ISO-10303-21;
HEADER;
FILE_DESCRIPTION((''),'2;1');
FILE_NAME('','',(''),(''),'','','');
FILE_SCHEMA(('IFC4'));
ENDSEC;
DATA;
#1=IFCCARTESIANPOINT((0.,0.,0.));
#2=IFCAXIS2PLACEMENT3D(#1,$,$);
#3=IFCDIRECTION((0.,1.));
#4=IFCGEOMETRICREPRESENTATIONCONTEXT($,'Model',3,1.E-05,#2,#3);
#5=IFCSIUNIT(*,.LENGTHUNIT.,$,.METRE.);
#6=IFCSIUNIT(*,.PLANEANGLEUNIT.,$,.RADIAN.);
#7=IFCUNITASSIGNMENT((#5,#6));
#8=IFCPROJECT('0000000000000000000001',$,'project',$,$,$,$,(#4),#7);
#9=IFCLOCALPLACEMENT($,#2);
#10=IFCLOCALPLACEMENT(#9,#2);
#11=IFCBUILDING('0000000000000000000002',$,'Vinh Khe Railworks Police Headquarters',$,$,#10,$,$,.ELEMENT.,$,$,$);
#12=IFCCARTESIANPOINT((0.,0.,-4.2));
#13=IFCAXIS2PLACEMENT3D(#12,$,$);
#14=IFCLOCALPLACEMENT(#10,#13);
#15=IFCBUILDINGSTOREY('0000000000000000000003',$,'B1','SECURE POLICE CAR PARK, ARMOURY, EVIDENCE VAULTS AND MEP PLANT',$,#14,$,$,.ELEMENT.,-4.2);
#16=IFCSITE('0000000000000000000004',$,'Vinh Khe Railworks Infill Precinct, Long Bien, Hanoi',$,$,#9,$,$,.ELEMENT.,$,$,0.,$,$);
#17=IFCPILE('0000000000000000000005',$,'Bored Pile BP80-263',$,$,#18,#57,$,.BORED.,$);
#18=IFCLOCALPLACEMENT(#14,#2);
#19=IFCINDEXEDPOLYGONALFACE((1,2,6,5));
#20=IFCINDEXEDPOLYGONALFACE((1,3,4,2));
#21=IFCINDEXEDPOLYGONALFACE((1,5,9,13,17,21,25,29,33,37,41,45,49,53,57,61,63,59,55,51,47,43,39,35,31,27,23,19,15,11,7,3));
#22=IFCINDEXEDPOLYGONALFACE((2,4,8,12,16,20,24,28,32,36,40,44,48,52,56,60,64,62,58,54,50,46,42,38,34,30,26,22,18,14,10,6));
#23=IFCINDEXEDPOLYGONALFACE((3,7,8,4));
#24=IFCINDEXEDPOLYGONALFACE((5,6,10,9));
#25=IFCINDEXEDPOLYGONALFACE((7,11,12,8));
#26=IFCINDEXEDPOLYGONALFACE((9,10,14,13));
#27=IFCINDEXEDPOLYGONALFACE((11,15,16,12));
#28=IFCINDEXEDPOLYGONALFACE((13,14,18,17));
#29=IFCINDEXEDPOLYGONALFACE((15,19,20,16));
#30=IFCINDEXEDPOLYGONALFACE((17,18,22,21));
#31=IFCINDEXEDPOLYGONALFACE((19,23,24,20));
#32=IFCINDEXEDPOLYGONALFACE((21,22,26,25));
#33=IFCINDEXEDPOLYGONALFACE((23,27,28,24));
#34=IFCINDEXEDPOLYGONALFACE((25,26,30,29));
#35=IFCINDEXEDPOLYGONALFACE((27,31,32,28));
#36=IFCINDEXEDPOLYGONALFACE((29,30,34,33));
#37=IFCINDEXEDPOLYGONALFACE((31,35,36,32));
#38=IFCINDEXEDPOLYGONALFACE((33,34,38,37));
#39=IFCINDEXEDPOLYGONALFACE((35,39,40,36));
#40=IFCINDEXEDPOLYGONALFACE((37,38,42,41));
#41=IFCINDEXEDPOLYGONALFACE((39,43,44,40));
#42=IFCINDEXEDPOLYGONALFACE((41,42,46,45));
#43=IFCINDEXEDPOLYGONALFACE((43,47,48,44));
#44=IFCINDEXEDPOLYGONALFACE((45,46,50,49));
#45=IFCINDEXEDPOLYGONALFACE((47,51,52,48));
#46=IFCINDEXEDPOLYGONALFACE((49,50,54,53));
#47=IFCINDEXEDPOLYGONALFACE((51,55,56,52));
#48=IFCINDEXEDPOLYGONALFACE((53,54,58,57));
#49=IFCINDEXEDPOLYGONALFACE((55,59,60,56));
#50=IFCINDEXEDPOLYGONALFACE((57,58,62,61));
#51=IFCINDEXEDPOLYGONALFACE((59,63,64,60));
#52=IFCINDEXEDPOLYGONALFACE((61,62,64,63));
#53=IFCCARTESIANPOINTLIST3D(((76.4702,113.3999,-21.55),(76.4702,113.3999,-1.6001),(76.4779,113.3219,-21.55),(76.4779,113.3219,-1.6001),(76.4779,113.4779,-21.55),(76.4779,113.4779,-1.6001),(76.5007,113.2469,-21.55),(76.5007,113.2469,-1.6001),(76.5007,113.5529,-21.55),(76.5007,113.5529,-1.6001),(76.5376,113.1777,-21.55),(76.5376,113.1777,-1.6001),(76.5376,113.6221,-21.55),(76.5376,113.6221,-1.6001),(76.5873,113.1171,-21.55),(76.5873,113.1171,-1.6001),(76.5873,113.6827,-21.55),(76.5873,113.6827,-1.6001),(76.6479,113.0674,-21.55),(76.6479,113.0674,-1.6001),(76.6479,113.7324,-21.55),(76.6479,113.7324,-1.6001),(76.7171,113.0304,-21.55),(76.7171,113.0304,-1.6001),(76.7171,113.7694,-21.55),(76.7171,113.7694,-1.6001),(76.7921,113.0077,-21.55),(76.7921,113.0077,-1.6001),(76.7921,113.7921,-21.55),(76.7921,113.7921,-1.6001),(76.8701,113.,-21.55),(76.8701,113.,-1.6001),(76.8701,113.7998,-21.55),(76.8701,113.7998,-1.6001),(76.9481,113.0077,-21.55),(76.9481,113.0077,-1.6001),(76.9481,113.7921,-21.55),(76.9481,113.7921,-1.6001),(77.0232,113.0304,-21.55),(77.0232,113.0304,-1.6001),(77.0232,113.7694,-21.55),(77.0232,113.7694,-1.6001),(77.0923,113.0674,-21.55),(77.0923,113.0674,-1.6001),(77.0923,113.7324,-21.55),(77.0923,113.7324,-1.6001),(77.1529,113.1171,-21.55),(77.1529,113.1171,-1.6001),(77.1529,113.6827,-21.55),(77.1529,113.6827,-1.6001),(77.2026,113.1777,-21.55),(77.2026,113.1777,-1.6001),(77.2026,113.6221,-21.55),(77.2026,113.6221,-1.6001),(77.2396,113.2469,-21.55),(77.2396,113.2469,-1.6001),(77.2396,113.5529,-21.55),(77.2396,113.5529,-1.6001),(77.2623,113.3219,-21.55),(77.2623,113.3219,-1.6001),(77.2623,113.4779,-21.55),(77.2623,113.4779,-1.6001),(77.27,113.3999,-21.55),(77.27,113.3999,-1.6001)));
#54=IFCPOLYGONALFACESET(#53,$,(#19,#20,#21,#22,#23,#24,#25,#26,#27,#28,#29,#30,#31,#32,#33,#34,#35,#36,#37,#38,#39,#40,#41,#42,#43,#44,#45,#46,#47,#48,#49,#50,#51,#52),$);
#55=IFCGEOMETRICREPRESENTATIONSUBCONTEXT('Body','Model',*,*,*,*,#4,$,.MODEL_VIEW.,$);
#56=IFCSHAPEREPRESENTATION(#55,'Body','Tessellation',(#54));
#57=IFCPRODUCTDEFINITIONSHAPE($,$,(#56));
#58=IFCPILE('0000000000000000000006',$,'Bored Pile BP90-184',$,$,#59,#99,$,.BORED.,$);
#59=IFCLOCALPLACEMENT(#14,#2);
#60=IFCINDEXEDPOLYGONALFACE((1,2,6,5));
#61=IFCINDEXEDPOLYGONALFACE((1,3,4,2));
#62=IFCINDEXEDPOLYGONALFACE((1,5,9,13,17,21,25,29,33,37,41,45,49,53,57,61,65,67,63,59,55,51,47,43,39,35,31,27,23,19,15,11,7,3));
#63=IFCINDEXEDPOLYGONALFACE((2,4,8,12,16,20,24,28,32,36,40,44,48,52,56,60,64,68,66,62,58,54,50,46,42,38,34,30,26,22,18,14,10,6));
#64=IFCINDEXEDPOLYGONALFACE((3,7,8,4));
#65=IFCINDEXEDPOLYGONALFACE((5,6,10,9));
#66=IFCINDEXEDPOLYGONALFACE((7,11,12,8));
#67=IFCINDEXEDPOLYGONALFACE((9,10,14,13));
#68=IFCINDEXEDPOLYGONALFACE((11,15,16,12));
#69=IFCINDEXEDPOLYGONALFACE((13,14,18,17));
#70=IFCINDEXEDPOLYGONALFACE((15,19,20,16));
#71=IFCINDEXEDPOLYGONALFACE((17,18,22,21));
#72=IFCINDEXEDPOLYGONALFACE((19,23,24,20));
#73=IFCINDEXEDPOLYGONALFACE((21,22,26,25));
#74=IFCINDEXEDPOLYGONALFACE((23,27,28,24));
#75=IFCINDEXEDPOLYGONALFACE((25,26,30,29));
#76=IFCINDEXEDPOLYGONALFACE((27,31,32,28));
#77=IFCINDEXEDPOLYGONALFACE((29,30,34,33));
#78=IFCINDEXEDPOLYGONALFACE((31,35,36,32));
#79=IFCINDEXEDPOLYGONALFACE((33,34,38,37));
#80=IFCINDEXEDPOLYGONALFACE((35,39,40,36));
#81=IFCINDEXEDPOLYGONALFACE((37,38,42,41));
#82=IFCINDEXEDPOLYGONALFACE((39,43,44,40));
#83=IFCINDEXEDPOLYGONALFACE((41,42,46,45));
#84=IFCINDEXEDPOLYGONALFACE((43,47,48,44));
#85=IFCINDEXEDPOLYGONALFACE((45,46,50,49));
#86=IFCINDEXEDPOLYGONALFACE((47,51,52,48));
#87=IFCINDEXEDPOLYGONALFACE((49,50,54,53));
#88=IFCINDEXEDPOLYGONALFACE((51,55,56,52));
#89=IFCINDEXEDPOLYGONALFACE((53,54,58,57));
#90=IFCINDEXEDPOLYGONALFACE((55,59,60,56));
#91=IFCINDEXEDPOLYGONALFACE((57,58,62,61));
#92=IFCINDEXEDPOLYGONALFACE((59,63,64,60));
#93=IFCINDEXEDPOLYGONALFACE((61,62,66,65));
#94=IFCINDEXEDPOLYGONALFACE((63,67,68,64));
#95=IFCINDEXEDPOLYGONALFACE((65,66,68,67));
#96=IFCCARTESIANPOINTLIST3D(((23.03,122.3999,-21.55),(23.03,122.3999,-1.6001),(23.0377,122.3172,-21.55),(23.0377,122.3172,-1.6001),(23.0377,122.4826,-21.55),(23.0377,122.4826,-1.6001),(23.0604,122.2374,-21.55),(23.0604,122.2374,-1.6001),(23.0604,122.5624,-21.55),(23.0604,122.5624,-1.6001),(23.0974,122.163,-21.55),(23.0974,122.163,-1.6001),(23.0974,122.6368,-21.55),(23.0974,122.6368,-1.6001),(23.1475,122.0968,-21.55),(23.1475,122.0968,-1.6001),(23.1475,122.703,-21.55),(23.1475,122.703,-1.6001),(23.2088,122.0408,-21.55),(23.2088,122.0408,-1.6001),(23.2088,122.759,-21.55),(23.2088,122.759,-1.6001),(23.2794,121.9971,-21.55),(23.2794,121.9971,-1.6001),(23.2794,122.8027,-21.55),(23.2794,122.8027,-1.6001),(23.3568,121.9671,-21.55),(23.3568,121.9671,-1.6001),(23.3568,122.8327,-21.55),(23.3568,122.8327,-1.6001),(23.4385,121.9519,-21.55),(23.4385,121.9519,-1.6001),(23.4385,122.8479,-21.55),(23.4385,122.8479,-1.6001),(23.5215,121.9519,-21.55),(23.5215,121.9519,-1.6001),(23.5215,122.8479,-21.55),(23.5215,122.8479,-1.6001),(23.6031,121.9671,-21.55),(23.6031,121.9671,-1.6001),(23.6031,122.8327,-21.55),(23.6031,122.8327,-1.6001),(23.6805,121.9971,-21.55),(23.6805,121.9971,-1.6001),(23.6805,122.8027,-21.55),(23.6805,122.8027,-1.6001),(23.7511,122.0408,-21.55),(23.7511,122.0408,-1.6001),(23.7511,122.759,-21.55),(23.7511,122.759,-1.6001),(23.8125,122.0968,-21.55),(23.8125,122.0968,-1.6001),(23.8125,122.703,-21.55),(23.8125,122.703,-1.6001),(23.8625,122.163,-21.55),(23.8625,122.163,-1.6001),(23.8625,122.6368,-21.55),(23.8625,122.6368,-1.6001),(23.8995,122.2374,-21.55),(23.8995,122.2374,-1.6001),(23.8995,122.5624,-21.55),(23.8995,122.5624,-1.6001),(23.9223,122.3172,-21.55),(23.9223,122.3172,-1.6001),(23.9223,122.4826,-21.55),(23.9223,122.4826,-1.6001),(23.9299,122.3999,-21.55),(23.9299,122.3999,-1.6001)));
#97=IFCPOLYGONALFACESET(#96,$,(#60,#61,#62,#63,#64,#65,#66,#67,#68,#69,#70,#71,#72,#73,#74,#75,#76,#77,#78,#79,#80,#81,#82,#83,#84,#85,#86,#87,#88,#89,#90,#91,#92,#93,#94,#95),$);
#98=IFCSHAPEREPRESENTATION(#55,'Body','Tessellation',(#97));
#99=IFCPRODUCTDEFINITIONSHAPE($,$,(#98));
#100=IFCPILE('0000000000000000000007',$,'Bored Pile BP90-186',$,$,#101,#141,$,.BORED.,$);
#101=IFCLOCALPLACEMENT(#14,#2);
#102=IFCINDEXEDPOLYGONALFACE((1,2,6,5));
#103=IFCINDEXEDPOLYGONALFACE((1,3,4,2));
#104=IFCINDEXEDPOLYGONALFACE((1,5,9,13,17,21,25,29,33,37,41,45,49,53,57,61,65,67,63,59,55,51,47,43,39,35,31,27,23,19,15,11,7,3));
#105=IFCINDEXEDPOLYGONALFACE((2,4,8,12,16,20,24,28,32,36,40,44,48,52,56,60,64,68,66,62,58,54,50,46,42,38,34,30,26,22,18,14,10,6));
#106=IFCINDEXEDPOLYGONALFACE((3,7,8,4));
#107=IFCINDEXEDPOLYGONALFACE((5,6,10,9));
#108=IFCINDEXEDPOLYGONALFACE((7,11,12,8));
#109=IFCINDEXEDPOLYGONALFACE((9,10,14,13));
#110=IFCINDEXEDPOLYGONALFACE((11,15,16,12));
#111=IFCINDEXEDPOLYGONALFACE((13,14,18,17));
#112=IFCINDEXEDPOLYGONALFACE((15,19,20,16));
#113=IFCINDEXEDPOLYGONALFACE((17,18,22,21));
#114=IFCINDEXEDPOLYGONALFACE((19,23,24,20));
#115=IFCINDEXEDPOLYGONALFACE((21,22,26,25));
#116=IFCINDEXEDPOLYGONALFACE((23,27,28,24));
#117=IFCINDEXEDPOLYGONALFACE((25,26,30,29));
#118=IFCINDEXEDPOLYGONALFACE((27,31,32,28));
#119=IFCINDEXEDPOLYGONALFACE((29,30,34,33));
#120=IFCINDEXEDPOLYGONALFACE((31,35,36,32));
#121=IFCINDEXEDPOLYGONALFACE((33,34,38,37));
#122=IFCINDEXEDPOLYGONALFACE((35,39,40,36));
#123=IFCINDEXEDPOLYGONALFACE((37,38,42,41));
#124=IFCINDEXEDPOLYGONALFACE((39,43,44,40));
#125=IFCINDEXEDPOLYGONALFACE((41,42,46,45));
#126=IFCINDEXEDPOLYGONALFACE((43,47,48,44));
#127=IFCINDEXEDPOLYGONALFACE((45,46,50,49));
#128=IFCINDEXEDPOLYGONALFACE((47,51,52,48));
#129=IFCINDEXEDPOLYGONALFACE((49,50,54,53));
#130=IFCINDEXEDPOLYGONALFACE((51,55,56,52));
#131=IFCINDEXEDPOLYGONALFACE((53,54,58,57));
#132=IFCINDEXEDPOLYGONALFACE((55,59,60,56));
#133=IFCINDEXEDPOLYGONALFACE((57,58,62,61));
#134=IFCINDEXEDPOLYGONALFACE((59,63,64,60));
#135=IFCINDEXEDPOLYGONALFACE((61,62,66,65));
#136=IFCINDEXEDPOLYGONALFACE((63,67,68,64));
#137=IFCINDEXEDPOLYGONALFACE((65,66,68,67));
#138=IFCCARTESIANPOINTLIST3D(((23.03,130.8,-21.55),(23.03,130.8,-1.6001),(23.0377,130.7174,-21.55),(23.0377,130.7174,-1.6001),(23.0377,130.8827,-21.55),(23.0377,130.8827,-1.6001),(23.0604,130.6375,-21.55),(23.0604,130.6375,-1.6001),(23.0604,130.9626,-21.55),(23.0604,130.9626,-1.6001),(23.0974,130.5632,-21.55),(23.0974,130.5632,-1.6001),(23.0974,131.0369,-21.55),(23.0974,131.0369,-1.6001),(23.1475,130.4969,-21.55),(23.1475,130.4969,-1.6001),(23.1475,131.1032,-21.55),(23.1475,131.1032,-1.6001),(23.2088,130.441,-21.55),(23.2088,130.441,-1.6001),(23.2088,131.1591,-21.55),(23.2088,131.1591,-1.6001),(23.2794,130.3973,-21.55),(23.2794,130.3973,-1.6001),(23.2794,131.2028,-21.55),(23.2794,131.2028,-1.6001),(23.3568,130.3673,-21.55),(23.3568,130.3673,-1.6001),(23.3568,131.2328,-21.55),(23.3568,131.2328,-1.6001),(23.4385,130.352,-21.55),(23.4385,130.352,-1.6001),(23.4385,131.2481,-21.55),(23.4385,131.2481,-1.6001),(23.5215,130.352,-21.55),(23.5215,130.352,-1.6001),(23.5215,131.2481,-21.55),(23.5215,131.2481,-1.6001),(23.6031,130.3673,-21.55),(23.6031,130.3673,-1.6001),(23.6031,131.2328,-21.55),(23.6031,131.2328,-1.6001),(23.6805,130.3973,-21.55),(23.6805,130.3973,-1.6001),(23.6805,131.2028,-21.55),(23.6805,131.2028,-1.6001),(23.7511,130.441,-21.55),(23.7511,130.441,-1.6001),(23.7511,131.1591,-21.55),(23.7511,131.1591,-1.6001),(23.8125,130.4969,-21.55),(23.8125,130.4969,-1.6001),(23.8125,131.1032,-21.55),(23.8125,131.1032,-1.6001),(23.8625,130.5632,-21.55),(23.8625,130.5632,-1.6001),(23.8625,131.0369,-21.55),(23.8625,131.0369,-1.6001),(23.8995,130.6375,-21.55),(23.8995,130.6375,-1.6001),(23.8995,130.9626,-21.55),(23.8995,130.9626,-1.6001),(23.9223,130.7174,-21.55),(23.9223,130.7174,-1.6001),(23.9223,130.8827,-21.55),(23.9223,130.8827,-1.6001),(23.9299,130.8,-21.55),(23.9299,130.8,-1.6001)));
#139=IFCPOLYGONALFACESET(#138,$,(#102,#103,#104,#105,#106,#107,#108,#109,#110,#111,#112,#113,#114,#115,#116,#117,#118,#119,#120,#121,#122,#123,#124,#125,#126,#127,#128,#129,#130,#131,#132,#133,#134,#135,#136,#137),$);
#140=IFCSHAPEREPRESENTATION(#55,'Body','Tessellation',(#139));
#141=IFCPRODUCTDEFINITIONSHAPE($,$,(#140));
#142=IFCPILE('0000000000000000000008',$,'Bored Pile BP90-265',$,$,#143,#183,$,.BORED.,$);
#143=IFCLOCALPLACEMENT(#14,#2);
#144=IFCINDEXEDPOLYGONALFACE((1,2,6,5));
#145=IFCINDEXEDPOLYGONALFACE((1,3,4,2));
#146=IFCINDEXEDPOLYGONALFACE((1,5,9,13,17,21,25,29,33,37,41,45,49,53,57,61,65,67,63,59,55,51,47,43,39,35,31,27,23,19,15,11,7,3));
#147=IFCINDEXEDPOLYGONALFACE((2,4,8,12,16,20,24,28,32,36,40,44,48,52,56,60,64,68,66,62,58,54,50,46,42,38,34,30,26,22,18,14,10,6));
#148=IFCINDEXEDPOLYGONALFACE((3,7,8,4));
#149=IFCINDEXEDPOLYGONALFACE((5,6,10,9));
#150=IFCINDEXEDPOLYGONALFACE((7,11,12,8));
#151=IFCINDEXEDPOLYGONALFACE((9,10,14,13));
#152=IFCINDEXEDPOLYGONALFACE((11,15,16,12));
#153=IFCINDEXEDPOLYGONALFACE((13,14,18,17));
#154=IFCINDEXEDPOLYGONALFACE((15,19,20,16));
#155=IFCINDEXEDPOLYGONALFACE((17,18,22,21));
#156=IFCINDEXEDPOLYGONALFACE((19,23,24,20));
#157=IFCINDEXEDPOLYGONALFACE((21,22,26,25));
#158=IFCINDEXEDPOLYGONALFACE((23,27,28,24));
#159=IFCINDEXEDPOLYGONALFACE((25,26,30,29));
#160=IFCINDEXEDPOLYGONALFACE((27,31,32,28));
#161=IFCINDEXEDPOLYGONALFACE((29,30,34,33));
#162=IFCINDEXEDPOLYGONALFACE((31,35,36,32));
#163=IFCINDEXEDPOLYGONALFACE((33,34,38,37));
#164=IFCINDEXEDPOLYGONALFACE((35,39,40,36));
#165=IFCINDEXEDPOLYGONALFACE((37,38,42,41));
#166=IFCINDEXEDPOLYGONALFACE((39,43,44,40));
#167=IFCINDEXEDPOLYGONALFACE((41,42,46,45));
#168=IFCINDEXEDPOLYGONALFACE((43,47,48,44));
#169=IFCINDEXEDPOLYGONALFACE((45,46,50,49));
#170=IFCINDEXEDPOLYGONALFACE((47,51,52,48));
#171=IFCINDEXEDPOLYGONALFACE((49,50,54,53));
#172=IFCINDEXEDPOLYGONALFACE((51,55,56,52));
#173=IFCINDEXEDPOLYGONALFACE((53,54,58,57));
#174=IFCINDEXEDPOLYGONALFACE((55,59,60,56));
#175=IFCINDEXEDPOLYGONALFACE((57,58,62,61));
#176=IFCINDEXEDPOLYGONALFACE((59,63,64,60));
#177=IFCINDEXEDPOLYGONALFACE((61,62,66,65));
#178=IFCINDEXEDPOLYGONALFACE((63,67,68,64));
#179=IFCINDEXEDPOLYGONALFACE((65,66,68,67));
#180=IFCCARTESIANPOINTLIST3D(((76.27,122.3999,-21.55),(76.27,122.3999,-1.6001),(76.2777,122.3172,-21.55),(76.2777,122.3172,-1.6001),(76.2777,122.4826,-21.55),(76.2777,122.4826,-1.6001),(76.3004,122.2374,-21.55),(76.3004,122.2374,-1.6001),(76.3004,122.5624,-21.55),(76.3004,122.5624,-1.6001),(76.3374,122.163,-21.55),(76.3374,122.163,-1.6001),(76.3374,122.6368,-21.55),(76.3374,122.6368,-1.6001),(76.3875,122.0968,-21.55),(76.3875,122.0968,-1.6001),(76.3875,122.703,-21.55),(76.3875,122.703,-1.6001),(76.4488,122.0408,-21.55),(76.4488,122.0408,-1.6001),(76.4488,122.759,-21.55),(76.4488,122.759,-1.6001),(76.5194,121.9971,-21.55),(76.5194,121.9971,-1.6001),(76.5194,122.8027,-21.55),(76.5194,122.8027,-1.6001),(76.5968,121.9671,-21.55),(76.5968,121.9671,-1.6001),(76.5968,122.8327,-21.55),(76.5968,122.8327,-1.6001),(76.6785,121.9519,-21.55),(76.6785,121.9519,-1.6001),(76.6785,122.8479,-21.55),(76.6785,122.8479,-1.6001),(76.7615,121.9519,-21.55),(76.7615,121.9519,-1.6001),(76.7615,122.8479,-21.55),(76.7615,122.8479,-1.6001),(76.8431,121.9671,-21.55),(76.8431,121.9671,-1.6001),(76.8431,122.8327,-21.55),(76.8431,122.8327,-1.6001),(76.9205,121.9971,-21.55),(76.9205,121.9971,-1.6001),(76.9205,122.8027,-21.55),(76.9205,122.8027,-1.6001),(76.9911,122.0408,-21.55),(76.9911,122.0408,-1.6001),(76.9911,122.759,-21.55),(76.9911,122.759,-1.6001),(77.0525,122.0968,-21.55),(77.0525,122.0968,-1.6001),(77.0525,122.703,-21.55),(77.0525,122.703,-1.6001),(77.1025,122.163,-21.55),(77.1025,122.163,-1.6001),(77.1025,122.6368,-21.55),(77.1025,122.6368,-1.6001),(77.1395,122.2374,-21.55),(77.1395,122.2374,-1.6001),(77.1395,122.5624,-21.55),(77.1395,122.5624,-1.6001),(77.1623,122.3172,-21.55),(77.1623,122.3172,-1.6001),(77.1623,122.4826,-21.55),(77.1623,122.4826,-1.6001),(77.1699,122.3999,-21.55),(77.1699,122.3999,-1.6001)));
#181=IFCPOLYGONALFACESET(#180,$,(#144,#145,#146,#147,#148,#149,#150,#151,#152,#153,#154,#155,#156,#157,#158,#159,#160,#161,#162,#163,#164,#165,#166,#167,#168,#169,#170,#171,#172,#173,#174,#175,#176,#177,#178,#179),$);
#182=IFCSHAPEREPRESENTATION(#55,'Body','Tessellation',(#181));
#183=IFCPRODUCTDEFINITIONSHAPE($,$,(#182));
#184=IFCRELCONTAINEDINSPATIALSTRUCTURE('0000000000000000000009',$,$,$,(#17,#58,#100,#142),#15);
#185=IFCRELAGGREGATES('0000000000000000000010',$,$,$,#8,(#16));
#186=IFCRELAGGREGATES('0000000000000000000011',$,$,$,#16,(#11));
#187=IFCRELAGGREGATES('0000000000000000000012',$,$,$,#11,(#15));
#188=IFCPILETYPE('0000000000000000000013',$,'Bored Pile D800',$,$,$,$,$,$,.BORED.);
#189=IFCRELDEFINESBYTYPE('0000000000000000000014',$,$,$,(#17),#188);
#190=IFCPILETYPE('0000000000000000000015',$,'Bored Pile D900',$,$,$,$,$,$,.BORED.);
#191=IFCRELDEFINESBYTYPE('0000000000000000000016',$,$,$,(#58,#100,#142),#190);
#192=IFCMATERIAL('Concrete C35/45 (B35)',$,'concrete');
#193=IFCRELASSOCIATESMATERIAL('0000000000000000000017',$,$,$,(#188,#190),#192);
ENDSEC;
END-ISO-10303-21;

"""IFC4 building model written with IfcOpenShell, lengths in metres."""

from ifc_helpers import new_model, si_unit, direction, frame, origin, origin_2d, place, context, subcontext, project, spatial, circle, extrude, material, material_profile, profile_set, type_object, element, save


model = new_model("IFC4")

# Units and contexts
model_context = context("Model", 3, precision=1e-05, world=origin(), true_north=direction((0.0, 1.0)))
body_context = subcontext(model_context, "Body", "Model", "MODEL_VIEW")
ifc_project = project(units=[si_unit("LENGTHUNIT", "METRE"), si_unit("PLANEANGLEUNIT", "RADIAN")], contexts=[model_context])

# Site, building, storey
site_placement = place(None, origin())
site = spatial("IfcSite", under=ifc_project, at=site_placement, Name="Vinh Khe Railworks Infill Precinct, Long Bien, Hanoi", CompositionType="ELEMENT", RefElevation=0.0)
building_placement = place(site_placement, origin())
building = spatial("IfcBuilding", under=site, at=building_placement, Name="Vinh Khe Railworks Police Headquarters", CompositionType="ELEMENT")
storey_placement = place(building_placement, frame((0.0, 0.0, -4.2)))
storey = spatial("IfcBuildingStorey", under=building, at=storey_placement, Name="B1", Description="SECURE POLICE CAR PARK, ARMOURY, EVIDENCE VAULTS AND MEP PLANT", CompositionType="ELEMENT", Elevation=-4.2)

# Piles
ifc_material_1 = material(Name="Concrete C35/45 (B35)", Category="concrete")
ifc_material_profile_1 = material_profile(ifc_material_1, circle(Radius=0.3999, at=origin_2d()), Name="BORED PILE D800")
ifc_profile_set_1 = profile_set([ifc_material_profile_1], Name="Concrete C35/45 (B35)")
pile_type_1 = type_object("IfcPileType", Name="Bored Pile D800", PredefinedType="BORED", material=ifc_profile_set_1)
pile_placement = place(storey_placement, frame((76.8701, 113.3999, -1.6001), z_axis=(0.0, 0.0, -1.0), x_axis=(1.0, 0.0, 0.0)))
element("IfcPile", 1, at=pile_placement, inside=storey, type_object=pile_type_1, Name="Bored Pile BP80-263", PredefinedType="BORED", context=body_context, shape_type="SweptSolid", body=[
    extrude(circle(Radius=0.3999, at=origin_2d()), origin(), (0.0, 0.0, 1.0), 19.95),
])
ifc_material_profile_2 = material_profile(ifc_material_1, circle(Radius=0.45, at=origin_2d()), Name="BORED PILE D900")
ifc_profile_set_2 = profile_set([ifc_material_profile_2], Name="Concrete C35/45 (B35)")
pile_type_2 = type_object("IfcPileType", Name="Bored Pile D900", PredefinedType="BORED", material=ifc_profile_set_2)
for number, where, z_axis, x_axis, name in (
    (2, (23.48, 122.3999, -1.6001), (0.0, 0.0, -1.0), (1.0, 0.0, 0.0), "Bored Pile BP90-184"),
    (3, (23.48, 130.8, -1.6001), (0.0, 0.0, -1.0), (1.0, 0.0, 0.0), "Bored Pile BP90-186"),
    (4, (76.72, 122.3999, -1.6001), (0.0, 0.0, -1.0), (1.0, 0.0, 0.0), "Bored Pile BP90-265"),
):
    element("IfcPile", number, at=place(storey_placement, frame(where, z_axis=z_axis, x_axis=x_axis)), inside=storey, type_object=pile_type_2, Name=name, PredefinedType="BORED", context=body_context, shape_type="SweptSolid", body=[
        extrude(circle(Radius=0.45, at=origin_2d()), origin(), (0.0, 0.0, 1.0), 19.95),
    ])

save(model, "model.ifc")
